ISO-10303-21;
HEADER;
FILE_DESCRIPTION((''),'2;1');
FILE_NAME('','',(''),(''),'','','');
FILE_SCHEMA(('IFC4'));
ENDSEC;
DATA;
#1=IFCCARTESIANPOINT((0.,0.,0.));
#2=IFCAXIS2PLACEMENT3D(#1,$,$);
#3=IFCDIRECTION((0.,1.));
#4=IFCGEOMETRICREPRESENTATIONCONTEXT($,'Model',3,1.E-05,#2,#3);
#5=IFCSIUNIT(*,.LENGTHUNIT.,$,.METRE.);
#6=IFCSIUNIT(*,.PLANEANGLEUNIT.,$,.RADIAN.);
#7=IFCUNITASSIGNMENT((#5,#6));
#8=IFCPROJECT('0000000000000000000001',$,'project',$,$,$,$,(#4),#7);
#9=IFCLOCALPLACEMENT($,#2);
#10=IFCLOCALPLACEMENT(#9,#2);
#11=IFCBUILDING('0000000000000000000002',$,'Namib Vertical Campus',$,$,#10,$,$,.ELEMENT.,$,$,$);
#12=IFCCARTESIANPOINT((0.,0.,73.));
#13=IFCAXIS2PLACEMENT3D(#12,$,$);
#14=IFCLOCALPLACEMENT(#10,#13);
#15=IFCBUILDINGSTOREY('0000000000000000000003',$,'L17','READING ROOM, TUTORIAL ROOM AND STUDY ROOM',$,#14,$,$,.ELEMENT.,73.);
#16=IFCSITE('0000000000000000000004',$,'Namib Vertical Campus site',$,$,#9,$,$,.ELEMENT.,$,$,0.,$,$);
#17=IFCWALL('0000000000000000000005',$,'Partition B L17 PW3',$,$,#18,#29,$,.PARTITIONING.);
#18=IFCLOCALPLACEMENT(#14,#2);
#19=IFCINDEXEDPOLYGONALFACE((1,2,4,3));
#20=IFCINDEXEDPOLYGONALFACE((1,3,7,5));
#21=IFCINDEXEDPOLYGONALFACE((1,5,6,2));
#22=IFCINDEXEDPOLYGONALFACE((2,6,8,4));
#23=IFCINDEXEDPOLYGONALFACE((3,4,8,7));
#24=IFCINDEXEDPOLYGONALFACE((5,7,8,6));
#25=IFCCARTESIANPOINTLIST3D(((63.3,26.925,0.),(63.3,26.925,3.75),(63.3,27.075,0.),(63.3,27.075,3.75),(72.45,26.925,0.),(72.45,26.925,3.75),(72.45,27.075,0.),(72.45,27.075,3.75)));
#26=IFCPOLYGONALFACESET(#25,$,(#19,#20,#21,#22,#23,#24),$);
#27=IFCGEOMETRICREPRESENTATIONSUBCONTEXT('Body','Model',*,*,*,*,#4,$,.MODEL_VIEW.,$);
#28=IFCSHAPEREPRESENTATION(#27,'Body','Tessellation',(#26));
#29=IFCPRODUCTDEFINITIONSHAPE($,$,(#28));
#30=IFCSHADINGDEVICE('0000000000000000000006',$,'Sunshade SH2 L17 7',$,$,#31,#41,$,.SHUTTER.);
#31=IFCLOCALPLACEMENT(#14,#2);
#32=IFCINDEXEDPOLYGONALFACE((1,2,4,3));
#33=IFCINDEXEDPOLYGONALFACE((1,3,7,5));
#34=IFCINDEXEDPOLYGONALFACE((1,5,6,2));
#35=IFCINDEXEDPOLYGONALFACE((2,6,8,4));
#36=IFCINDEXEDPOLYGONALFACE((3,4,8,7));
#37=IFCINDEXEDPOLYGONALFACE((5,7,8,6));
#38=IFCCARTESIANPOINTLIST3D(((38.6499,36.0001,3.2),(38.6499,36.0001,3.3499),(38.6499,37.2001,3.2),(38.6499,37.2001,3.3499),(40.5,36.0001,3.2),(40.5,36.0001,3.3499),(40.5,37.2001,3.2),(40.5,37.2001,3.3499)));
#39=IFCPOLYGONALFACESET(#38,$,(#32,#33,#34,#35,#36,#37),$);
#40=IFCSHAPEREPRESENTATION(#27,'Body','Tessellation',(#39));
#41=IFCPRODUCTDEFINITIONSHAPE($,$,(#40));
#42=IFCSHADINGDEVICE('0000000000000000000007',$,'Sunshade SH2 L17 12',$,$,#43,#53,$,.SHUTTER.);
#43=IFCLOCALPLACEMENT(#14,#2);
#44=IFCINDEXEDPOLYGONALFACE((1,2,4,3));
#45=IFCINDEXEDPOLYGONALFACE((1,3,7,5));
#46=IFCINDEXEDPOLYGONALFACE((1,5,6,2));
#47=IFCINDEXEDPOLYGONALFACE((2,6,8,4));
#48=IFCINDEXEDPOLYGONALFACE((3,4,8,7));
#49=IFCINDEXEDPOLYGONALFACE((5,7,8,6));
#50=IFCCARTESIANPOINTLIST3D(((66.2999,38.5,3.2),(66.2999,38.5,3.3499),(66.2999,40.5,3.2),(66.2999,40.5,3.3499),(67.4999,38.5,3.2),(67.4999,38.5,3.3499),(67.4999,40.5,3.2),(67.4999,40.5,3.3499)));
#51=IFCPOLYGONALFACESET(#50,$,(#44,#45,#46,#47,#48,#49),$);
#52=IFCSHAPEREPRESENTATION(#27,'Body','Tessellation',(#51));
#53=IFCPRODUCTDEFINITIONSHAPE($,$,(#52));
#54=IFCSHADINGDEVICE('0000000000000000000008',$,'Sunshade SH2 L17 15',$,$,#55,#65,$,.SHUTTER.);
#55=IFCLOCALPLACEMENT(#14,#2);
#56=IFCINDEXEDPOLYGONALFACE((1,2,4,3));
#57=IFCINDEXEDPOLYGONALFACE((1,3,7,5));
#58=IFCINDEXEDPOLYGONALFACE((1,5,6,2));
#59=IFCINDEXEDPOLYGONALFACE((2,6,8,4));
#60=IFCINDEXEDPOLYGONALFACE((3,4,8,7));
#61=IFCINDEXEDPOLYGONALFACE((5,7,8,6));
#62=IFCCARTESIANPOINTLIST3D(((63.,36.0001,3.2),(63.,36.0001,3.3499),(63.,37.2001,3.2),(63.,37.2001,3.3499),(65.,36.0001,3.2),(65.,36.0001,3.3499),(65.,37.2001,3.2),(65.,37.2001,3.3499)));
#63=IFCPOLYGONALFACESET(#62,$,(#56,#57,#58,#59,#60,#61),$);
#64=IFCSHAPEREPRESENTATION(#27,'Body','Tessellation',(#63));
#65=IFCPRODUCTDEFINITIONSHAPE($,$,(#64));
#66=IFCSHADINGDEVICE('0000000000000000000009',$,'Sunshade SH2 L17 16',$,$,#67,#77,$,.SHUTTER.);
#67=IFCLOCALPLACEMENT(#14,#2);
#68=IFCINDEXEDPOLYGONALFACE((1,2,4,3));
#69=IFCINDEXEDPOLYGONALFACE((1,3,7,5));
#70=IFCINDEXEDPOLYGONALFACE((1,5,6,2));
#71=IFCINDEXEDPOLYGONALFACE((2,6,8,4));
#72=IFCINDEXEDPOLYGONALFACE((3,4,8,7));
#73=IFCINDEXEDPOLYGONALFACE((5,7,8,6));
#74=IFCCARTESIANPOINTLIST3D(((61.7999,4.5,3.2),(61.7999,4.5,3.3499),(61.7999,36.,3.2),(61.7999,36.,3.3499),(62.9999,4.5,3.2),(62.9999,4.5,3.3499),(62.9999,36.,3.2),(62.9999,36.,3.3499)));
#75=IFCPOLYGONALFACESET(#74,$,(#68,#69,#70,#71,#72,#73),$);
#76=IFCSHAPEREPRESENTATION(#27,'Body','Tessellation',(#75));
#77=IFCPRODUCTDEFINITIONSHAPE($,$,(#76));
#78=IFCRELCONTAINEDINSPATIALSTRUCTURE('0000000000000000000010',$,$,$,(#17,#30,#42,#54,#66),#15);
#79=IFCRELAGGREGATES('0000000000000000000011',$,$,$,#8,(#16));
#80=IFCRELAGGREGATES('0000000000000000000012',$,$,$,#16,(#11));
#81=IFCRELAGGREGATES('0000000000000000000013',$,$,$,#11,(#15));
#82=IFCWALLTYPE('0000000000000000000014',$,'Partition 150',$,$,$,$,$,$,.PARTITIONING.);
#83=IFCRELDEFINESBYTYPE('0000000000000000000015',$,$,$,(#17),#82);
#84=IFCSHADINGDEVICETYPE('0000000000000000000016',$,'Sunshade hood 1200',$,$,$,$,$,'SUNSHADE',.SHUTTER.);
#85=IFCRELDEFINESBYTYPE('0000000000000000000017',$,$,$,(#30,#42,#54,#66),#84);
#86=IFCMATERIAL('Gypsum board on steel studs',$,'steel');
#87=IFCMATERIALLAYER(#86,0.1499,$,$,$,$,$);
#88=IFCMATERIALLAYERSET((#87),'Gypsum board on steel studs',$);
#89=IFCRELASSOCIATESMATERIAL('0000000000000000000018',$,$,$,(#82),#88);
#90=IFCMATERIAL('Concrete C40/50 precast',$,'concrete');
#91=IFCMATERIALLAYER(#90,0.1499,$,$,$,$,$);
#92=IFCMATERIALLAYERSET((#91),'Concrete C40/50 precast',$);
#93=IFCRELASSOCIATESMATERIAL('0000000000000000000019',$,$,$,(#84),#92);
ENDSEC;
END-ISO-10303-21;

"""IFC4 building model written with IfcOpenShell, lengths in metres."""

from ifc_helpers import new_model, si_unit, direction, frame, frame_2d, origin, origin_2d, place, context, subcontext, project, spatial, rectangle, extrude, material, layer, layer_set, type_object, element, save


model = new_model("IFC4")

# Units and contexts
model_context = context("Model", 3, precision=1e-05, world=origin(), true_north=direction((0.0, 1.0)))
body_context = subcontext(model_context, "Body", "Model", "MODEL_VIEW")
ifc_project = project(units=[si_unit("LENGTHUNIT", "METRE"), si_unit("PLANEANGLEUNIT", "RADIAN")], contexts=[model_context])

# Site, building, storey
site_placement = place(None, origin())
site = spatial("IfcSite", under=ifc_project, at=site_placement, Name="Namib Vertical Campus site", CompositionType="ELEMENT", RefElevation=0.0)
building_placement = place(site_placement, origin())
building = spatial("IfcBuilding", under=site, at=building_placement, Name="Namib Vertical Campus", CompositionType="ELEMENT")
storey_placement = place(building_placement, frame((0.0, 0.0, 73.0)))
storey = spatial("IfcBuildingStorey", under=building, at=storey_placement, Name="L17", Description="READING ROOM, TUTORIAL ROOM AND STUDY ROOM", CompositionType="ELEMENT", Elevation=73.0)

# Wall
ifc_material_1 = material(Name="Gypsum board on steel studs", Category="steel")
ifc_layer_1 = layer(ifc_material_1, 0.1499)
ifc_layer_set_1 = layer_set([ifc_layer_1], Name="Gypsum board on steel studs")
wall_type_1 = type_object("IfcWallType", Name="Partition 150", PredefinedType="PARTITIONING", material=ifc_layer_set_1)
for number, where, z_axis, x_axis, name in (
    (1, (63.3, 27.0, 0.0), (0.0, 0.0, 1.0), (1.0, 0.0, 0.0), "Partition B L17 PW3"),
):
    element("IfcWall", number, at=place(storey_placement, frame(where, z_axis=z_axis, x_axis=x_axis)), inside=storey, type_object=wall_type_1, Name=name, PredefinedType="PARTITIONING", context=body_context, shape_type="SweptSolid", body=[
        extrude(rectangle(XDim=9.1499, YDim=0.1499, at=frame_2d((4.575, 0.0))), origin(), (0.0, 0.0, 1.0), 3.75),
    ])

# Shading devices
ifc_material_2 = material(Name="Concrete C40/50 precast", Category="concrete")
ifc_layer_2 = layer(ifc_material_2, 0.1499)
ifc_layer_set_2 = layer_set([ifc_layer_2], Name="Concrete C40/50 precast")
shading_device_type = type_object("IfcShadingDeviceType", Name="Sunshade hood 1200", ElementType="SUNSHADE", PredefinedType="SHUTTER", material=ifc_layer_set_2)
shading_device_1_placement = place(storey_placement, frame((39.575, 36.6001, 3.2), z_axis=(0.0, 0.0, 1.0), x_axis=(-1.0, 0.0, 0.0)))
element("IfcShadingDevice", 2, at=shading_device_1_placement, inside=storey, type_object=shading_device_type, Name="Sunshade SH2 L17 7", PredefinedType="SHUTTER", context=body_context, shape_type="SweptSolid", body=[
    extrude(rectangle(XDim=1.8501, YDim=1.2, at=origin_2d()), origin(), (0.0, 0.0, 1.0), 0.1499),
])
for number, where, z_axis, x_axis, name in (
    (3, (66.8999, 39.5, 3.2), (0.0, 0.0, 1.0), (0.0, -1.0, 0.0), "Sunshade SH2 L17 12"),
    (4, (64.0, 36.6001, 3.2), (0.0, 0.0, 1.0), (-1.0, 0.0, 0.0), "Sunshade SH2 L17 15"),
):
    element("IfcShadingDevice", number, at=place(storey_placement, frame(where, z_axis=z_axis, x_axis=x_axis)), inside=storey, type_object=shading_device_type, Name=name, PredefinedType="SHUTTER", context=body_context, shape_type="SweptSolid", body=[
        extrude(rectangle(XDim=2.0, YDim=1.2, at=origin_2d()), origin(), (0.0, 0.0, 1.0), 0.1499),
    ])
shading_device_2_placement = place(storey_placement, frame((62.3999, 20.25, 3.2), z_axis=(0.0, 0.0, 1.0), x_axis=(0.0, -1.0, 0.0)))
element("IfcShadingDevice", 5, at=shading_device_2_placement, inside=storey, type_object=shading_device_type, Name="Sunshade SH2 L17 16", PredefinedType="SHUTTER", context=body_context, shape_type="SweptSolid", body=[
    extrude(rectangle(XDim=31.5, YDim=1.2, at=origin_2d()), origin(), (0.0, 0.0, 1.0), 0.1499),
])

save(model, "model.ifc")
